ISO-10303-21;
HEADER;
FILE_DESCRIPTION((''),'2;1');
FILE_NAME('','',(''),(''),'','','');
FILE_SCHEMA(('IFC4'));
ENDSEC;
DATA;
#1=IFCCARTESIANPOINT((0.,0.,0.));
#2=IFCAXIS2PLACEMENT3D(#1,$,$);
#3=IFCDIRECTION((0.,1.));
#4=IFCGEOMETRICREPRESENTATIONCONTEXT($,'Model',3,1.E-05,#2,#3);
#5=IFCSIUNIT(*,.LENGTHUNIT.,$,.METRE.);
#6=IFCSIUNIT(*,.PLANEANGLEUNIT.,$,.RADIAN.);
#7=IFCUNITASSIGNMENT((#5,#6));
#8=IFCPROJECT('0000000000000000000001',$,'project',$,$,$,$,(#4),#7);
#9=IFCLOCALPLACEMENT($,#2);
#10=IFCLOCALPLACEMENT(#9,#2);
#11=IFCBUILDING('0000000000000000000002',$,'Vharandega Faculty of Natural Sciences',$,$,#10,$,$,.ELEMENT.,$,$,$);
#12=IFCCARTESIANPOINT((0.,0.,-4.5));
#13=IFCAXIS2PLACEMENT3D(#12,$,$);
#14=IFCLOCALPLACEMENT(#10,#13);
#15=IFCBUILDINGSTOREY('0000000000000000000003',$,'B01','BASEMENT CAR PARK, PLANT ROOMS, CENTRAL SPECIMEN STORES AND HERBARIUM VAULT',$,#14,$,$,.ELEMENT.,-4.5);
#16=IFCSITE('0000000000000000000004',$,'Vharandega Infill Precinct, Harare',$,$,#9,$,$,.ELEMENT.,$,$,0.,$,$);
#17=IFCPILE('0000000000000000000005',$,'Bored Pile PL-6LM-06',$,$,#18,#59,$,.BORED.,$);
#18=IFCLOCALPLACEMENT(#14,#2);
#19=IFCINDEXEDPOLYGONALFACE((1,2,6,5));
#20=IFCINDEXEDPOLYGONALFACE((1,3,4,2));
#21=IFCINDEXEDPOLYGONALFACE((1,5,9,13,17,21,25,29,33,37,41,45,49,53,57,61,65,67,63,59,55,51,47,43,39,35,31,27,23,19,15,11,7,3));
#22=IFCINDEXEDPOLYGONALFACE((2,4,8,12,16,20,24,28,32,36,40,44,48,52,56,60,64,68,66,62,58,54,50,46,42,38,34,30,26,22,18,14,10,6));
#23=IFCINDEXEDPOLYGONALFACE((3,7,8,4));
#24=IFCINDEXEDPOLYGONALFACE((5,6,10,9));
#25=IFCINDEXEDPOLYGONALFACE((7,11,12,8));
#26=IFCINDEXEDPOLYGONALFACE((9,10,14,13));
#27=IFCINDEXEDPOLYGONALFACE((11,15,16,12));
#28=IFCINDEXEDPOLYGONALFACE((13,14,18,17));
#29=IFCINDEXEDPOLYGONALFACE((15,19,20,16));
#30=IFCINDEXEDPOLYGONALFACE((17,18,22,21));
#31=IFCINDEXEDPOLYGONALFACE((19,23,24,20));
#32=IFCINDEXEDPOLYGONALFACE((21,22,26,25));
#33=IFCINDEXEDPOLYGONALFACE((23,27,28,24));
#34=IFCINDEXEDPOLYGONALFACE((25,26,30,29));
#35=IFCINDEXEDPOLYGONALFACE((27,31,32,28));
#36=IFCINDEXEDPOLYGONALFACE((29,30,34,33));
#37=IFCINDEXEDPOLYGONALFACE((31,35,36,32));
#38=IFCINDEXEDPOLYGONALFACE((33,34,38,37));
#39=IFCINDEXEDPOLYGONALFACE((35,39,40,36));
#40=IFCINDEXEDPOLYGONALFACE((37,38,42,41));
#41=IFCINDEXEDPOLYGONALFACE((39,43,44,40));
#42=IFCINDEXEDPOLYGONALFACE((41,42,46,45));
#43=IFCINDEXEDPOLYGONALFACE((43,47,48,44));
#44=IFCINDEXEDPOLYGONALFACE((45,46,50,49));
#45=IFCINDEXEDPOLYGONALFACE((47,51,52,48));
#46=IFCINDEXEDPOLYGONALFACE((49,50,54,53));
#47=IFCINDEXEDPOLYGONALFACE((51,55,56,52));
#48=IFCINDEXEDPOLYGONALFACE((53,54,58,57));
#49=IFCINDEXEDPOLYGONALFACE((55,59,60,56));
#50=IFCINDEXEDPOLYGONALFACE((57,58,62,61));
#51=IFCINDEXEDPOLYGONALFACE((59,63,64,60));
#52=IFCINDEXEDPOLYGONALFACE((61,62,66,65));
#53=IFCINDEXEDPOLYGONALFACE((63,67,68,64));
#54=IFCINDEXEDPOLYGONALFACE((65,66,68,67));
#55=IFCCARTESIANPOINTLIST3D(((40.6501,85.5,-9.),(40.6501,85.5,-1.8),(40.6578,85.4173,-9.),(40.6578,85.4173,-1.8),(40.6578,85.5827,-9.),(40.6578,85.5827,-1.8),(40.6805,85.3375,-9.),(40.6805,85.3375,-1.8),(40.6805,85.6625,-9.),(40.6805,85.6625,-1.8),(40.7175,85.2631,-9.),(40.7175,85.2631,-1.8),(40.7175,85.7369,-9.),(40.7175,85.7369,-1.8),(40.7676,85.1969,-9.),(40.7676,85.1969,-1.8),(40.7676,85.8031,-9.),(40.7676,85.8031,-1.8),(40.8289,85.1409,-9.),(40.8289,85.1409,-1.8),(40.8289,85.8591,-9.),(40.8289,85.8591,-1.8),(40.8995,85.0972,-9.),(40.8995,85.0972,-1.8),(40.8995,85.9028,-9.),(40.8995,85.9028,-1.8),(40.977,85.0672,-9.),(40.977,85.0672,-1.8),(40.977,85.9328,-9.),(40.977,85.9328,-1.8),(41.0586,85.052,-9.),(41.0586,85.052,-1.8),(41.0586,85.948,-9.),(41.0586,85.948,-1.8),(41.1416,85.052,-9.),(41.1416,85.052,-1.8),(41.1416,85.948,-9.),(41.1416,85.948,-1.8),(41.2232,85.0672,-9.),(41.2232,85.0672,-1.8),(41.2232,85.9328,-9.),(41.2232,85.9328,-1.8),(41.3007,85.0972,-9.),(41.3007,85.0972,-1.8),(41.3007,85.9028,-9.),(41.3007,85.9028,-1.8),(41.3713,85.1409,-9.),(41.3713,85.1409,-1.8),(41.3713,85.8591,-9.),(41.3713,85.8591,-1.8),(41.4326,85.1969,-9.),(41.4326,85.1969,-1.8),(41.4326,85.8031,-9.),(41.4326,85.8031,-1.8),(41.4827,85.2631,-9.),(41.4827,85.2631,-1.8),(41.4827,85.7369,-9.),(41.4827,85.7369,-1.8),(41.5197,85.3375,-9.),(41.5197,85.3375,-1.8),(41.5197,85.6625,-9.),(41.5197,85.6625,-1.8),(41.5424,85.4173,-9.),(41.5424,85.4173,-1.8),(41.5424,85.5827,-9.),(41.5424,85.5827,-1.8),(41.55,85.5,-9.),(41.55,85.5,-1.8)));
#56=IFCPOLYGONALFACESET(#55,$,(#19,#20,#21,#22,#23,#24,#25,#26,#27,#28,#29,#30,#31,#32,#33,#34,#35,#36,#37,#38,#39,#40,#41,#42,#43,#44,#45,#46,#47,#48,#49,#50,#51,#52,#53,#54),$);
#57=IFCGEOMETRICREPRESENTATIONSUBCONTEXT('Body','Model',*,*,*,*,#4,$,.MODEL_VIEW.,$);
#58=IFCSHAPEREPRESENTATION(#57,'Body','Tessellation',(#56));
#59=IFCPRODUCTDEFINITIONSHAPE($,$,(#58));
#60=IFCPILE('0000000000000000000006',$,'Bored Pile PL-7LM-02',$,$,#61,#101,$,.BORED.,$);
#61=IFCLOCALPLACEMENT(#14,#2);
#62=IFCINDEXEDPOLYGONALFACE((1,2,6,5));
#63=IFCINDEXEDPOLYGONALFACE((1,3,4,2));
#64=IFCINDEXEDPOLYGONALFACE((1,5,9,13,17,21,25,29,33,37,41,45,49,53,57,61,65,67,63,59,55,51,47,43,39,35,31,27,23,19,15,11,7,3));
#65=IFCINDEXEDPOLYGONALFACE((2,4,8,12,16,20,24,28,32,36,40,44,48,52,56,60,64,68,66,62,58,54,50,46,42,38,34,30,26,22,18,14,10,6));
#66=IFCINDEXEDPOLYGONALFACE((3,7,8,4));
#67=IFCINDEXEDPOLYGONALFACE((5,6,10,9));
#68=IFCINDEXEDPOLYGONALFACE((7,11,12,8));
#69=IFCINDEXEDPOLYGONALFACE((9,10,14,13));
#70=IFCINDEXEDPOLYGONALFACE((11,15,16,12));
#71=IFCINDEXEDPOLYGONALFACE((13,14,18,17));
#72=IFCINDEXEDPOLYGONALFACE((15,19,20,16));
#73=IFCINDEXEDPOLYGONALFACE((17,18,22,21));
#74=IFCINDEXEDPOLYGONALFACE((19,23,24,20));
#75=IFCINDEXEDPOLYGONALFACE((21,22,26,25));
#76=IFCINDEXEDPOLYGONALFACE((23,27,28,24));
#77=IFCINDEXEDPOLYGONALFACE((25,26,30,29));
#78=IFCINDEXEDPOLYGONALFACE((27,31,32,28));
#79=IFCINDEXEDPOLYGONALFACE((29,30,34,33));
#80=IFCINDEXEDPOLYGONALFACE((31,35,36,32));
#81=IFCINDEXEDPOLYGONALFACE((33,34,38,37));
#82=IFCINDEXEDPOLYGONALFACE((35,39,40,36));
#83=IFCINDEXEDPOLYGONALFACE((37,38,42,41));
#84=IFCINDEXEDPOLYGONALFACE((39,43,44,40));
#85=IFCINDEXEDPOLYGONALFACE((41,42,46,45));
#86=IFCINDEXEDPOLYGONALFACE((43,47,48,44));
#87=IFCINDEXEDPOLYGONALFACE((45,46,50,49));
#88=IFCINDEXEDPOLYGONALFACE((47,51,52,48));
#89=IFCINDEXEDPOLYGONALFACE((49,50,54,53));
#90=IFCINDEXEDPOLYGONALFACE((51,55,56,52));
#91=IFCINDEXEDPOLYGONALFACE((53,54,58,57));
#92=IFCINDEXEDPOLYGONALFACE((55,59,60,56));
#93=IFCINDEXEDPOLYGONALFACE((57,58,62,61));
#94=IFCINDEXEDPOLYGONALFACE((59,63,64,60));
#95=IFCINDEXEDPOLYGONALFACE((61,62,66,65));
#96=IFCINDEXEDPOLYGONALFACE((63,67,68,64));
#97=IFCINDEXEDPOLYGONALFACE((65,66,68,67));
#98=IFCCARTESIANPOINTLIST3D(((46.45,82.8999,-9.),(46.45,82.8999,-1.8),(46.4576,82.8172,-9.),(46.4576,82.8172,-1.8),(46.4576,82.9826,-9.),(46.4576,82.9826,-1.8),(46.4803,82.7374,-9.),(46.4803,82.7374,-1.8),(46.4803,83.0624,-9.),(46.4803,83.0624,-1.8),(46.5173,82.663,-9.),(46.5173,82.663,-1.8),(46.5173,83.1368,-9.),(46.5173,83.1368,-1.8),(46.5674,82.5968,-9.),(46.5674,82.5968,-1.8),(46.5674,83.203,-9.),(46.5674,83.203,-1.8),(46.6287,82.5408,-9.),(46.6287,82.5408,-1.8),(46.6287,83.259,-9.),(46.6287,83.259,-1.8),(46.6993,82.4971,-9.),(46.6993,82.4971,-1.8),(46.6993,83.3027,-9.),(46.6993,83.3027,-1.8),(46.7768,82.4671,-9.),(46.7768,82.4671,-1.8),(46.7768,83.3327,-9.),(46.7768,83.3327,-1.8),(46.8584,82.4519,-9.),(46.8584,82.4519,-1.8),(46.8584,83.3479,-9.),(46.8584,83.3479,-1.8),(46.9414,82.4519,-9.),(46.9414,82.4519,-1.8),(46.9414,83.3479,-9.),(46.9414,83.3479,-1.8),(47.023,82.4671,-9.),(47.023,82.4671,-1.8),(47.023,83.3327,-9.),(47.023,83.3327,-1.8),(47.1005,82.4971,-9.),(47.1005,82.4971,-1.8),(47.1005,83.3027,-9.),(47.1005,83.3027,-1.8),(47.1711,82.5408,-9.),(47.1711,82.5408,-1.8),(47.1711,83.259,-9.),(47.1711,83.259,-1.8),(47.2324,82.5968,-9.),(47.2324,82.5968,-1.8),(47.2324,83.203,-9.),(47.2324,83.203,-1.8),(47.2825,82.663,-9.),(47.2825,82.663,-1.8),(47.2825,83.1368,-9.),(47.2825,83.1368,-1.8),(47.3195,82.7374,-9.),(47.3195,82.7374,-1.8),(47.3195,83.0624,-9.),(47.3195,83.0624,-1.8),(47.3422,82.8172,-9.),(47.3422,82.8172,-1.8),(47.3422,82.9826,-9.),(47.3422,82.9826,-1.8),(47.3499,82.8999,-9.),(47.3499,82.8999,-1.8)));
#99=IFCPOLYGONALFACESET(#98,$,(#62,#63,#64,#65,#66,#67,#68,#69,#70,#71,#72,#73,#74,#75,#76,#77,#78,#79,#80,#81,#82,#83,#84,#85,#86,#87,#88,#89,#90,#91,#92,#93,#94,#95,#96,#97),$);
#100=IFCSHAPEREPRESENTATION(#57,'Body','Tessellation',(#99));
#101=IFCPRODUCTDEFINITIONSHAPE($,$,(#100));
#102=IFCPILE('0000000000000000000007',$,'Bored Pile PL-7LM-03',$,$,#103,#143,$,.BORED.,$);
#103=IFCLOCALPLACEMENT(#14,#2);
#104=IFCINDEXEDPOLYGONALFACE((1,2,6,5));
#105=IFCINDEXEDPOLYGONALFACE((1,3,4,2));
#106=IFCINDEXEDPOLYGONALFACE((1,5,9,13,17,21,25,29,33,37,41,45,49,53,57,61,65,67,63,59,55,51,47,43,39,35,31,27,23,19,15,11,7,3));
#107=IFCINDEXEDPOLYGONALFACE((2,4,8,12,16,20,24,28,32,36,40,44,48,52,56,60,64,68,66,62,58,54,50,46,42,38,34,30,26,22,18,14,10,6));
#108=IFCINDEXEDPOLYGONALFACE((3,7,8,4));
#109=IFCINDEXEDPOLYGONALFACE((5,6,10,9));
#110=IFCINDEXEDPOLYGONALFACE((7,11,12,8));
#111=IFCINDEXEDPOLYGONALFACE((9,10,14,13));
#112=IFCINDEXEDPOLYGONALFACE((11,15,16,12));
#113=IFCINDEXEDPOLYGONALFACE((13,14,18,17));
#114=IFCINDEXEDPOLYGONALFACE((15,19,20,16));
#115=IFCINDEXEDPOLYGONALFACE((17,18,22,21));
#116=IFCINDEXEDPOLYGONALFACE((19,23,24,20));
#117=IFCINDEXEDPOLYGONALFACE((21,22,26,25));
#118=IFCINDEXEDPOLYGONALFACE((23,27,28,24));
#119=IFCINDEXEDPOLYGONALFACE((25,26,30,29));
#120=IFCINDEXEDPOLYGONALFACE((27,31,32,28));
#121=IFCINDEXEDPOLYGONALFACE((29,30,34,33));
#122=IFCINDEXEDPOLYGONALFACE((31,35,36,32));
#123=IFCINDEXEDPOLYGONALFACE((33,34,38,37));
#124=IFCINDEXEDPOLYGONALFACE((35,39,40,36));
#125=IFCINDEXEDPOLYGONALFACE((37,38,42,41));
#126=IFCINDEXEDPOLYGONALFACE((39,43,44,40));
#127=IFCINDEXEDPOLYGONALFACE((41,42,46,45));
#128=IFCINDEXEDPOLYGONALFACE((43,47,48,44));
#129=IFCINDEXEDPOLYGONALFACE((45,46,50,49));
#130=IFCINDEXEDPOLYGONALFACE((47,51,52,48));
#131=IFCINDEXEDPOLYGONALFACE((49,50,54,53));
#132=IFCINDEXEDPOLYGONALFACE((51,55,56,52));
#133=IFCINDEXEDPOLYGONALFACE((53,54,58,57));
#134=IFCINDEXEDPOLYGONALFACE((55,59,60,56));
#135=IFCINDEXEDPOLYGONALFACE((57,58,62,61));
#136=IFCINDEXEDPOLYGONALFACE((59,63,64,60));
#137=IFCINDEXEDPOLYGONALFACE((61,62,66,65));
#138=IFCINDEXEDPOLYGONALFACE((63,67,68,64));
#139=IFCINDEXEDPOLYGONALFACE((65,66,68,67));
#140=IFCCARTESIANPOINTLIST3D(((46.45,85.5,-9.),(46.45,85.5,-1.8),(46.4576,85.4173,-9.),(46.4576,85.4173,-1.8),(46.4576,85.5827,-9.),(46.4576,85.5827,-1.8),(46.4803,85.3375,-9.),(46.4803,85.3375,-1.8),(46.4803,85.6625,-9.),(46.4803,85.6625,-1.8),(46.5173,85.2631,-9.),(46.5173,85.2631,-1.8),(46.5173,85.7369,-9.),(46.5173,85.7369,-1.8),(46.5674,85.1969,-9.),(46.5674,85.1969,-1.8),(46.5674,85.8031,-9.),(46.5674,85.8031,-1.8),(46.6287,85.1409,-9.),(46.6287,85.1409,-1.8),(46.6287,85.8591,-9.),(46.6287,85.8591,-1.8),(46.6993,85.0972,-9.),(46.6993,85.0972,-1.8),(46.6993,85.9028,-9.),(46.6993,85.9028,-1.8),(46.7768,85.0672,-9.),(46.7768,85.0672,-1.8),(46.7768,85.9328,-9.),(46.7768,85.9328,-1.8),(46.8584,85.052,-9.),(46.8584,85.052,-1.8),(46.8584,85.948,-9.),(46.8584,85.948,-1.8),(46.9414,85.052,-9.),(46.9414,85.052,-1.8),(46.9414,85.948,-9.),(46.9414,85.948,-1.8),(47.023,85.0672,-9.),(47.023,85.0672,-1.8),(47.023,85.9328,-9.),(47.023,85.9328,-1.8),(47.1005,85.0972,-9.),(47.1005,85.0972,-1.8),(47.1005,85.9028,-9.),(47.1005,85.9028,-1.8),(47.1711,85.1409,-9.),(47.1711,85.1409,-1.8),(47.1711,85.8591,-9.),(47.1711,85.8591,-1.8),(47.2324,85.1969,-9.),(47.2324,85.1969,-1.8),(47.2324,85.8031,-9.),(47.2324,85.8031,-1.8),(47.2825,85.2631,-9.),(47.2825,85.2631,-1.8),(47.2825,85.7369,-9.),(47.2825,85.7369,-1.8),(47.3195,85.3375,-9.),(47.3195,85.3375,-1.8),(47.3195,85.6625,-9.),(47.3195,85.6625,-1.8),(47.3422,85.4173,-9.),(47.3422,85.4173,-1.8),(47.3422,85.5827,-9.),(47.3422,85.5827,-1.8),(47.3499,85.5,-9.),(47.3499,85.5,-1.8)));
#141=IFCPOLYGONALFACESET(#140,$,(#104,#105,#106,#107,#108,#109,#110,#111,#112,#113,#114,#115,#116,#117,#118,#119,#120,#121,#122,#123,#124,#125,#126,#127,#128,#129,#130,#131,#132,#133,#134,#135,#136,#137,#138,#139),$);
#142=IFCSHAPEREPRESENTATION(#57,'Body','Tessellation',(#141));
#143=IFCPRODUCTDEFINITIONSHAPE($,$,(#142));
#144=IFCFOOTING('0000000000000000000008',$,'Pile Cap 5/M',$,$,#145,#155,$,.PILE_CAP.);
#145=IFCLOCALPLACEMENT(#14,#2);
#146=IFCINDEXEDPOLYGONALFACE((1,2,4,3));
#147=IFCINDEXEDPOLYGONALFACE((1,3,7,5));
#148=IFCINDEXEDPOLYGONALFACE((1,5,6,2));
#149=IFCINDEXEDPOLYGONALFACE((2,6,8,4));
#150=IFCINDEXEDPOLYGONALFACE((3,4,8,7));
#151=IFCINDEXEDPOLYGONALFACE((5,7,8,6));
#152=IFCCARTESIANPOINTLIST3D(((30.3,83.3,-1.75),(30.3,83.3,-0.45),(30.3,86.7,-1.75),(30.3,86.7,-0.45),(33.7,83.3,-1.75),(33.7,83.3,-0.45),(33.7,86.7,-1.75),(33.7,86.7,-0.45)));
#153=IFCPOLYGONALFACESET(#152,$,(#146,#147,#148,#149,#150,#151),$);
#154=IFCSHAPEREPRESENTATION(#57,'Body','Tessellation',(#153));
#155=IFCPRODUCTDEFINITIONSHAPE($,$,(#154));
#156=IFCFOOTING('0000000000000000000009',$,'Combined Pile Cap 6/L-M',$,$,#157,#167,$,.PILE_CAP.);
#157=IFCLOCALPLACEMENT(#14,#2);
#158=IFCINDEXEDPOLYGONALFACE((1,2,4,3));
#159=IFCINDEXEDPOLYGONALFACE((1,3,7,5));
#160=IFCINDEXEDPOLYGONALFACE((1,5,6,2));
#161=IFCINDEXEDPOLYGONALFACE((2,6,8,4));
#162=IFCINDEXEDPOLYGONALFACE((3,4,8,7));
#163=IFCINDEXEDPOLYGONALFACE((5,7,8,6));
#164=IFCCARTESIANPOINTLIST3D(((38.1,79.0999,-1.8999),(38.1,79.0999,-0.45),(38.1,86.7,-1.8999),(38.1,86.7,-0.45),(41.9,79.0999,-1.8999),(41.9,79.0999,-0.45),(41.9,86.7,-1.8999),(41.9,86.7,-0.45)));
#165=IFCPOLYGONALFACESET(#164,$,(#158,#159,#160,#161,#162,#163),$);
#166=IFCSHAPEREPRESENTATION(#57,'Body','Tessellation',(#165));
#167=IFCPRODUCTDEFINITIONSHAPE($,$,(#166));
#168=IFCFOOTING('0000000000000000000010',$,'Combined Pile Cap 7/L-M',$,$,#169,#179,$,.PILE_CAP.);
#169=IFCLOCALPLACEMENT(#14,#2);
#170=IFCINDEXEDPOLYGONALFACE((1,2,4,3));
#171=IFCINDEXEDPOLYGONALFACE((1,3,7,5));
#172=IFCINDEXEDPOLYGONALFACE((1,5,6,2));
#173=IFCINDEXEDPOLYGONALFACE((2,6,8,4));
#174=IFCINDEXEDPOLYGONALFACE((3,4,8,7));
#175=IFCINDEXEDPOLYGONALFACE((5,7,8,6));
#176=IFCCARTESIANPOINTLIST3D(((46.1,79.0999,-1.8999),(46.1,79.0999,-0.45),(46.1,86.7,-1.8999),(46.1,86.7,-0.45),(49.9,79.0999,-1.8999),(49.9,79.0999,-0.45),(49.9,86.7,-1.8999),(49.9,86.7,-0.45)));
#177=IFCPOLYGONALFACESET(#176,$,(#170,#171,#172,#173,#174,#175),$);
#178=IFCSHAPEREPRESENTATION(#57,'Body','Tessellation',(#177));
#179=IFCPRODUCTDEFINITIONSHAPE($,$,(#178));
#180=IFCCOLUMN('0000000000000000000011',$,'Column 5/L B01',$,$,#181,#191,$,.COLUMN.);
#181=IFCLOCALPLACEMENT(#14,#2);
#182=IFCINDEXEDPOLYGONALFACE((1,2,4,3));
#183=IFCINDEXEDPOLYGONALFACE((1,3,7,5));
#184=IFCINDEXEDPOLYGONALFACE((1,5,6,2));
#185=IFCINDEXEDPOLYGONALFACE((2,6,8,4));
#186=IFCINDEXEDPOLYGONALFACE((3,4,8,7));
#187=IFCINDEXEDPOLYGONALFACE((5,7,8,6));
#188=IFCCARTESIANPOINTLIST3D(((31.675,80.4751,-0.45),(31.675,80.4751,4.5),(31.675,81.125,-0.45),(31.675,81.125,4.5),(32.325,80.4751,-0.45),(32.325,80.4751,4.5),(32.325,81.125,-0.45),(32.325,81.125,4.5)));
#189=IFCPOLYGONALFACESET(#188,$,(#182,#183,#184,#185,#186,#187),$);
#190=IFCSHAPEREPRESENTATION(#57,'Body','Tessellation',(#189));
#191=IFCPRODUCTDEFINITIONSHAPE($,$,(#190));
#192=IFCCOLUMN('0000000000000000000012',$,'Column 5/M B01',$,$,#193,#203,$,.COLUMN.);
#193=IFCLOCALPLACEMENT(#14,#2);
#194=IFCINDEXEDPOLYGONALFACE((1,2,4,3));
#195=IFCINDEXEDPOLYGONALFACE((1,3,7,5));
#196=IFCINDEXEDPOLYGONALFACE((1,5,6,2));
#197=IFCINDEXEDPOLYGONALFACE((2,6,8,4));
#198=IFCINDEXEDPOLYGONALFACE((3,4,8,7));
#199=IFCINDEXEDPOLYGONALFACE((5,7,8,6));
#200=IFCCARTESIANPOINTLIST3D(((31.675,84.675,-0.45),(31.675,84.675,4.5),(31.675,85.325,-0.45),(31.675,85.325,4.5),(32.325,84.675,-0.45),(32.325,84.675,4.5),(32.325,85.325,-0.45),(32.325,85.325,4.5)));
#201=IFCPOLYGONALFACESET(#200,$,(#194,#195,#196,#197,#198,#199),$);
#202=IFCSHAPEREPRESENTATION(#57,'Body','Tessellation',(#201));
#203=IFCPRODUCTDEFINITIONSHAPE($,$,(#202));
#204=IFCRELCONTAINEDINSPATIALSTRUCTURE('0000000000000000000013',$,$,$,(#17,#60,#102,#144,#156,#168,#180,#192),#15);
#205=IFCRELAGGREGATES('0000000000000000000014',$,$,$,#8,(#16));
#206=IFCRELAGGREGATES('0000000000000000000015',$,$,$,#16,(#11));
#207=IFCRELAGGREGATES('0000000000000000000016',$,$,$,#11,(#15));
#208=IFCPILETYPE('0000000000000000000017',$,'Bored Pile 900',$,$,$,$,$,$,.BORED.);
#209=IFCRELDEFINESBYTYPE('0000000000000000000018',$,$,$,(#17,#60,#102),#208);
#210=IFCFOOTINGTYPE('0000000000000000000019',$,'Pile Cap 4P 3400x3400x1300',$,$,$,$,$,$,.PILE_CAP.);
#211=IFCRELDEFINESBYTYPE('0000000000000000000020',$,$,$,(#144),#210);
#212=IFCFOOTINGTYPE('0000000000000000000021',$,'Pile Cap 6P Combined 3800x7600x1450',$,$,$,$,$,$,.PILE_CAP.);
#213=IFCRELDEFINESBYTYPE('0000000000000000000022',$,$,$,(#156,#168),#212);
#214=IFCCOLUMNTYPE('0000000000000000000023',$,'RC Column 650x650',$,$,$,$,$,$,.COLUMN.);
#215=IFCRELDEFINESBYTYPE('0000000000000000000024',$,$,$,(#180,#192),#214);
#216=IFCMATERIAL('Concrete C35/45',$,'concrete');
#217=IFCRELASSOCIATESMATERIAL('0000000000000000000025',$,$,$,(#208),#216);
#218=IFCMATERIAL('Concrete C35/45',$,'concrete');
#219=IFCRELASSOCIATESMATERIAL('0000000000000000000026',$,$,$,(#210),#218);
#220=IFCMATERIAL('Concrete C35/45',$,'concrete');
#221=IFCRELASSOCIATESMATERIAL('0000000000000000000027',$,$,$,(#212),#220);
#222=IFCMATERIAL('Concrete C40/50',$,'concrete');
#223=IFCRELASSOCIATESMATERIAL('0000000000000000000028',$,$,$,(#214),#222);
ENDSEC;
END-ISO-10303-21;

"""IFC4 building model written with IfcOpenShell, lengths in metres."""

from ifc_helpers import new_model, si_unit, direction, frame, origin, origin_2d, place, context, subcontext, project, spatial, rectangle, circle, extrude, material, material_profile, profile_set, type_object, element, save


model = new_model("IFC4")

# Units and contexts
model_context = context("Model", 3, precision=1e-05, world=origin(), true_north=direction((0.0, 1.0)))
body_context = subcontext(model_context, "Body", "Model", "MODEL_VIEW")
ifc_project = project(units=[si_unit("LENGTHUNIT", "METRE"), si_unit("PLANEANGLEUNIT", "RADIAN")], contexts=[model_context])

# Site, building, storey
site_placement = place(None, origin())
site = spatial("IfcSite", under=ifc_project, at=site_placement, Name="Vharandega Infill Precinct, Harare", CompositionType="ELEMENT", RefElevation=0.0)
building_placement = place(site_placement, origin())
building = spatial("IfcBuilding", under=site, at=building_placement, Name="Vharandega Faculty of Natural Sciences", CompositionType="ELEMENT")
storey_placement = place(building_placement, frame((0.0, 0.0, -4.5)))
storey = spatial("IfcBuildingStorey", under=building, at=storey_placement, Name="B01", Description="BASEMENT CAR PARK, PLANT ROOMS, CENTRAL SPECIMEN STORES AND HERBARIUM VAULT", CompositionType="ELEMENT", Elevation=-4.5)

# Piles
ifc_material_1 = material(Name="Concrete C35/45", Category="concrete")
ifc_material_profile_1 = material_profile(ifc_material_1, circle(Radius=0.45, at=origin_2d()), Name="PILE 900")
ifc_profile_set_1 = profile_set([ifc_material_profile_1], Name="Concrete C35/45")
pile_type_1 = type_object("IfcPileType", Name="Bored Pile 900", PredefinedType="BORED", material=ifc_profile_set_1)
for number, where, z_axis, x_axis, name in (
    (1, (41.1001, 85.5, -1.8), (0.0, 0.0, -1.0), (1.0, 0.0, 0.0), "Bored Pile PL-6LM-06"),
    (2, (46.8999, 82.8999, -1.8), (0.0, 0.0, -1.0), (1.0, 0.0, 0.0), "Bored Pile PL-7LM-02"),
    (3, (46.8999, 85.5, -1.8), (0.0, 0.0, -1.0), (1.0, 0.0, 0.0), "Bored Pile PL-7LM-03"),
):
    element("IfcPile", number, at=place(storey_placement, frame(where, z_axis=z_axis, x_axis=x_axis)), inside=storey, type_object=pile_type_1, Name=name, PredefinedType="BORED", context=body_context, shape_type="SweptSolid", body=[
        extrude(circle(Radius=0.45, at=origin_2d()), origin(), (0.0, 0.0, 1.0), 7.2),
    ])

# Footings
ifc_material_2 = material(Name="Concrete C35/45", Category="concrete")
footing_type_1 = type_object("IfcFootingType", Name="Pile Cap 4P 3400x3400x1300", PredefinedType="PILE_CAP", material=ifc_material_2)
footing_placement = place(storey_placement, frame((32.0, 85.0, -1.75), z_axis=(0.0, 0.0, 1.0), x_axis=(1.0, 0.0, 0.0)))
element("IfcFooting", 4, at=footing_placement, inside=storey, type_object=footing_type_1, Name="Pile Cap 5/M", PredefinedType="PILE_CAP", context=body_context, shape_type="SweptSolid", body=[
    extrude(rectangle(XDim=3.3999, YDim=3.3999, at=origin_2d()), origin(), (0.0, 0.0, 1.0), 1.3),
])
ifc_material_3 = material(Name="Concrete C35/45", Category="concrete")
footing_type_2 = type_object("IfcFootingType", Name="Pile Cap 6P Combined 3800x7600x1450", PredefinedType="PILE_CAP", material=ifc_material_3)
for number, where, z_axis, x_axis, name in (
    (5, (40.0, 82.8999, -1.8999), (0.0, 0.0, 1.0), (1.0, 0.0, 0.0), "Combined Pile Cap 6/L-M"),
    (6, (48.0, 82.8999, -1.8999), (0.0, 0.0, 1.0), (1.0, 0.0, 0.0), "Combined Pile Cap 7/L-M"),
):
    element("IfcFooting", number, at=place(storey_placement, frame(where, z_axis=z_axis, x_axis=x_axis)), inside=storey, type_object=footing_type_2, Name=name, PredefinedType="PILE_CAP", context=body_context, shape_type="SweptSolid", body=[
        extrude(rectangle(XDim=3.8, YDim=7.6001, at=origin_2d()), origin(), (0.0, 0.0, 1.0), 1.45),
    ])

# Columns
ifc_material_4 = material(Name="Concrete C40/50", Category="concrete")
ifc_material_profile_2 = material_profile(ifc_material_4, rectangle(XDim=0.6499, YDim=0.6499, at=origin_2d()), Name="RC 650x650")
ifc_profile_set_2 = profile_set([ifc_material_profile_2], Name="Concrete C40/50")
column_type = type_object("IfcColumnType", Name="RC Column 650x650", PredefinedType="COLUMN", material=ifc_profile_set_2)
for number, where, z_axis, x_axis, name in (
    (7, (32.0, 80.8, -0.45), (0.0, 0.0, 1.0), (1.0, 0.0, 0.0), "Column 5/L B01"),
    (8, (32.0, 85.0, -0.45), (0.0, 0.0, 1.0), (1.0, 0.0, 0.0), "Column 5/M B01"),
):
    element("IfcColumn", number, at=place(storey_placement, frame(where, z_axis=z_axis, x_axis=x_axis)), inside=storey, type_object=column_type, Name=name, PredefinedType="COLUMN", context=body_context, shape_type="SweptSolid", body=[
        extrude(rectangle(XDim=0.6499, YDim=0.6499, at=origin_2d()), origin(), (0.0, 0.0, 1.0), 4.95),
    ])

save(model, "model.ifc")
